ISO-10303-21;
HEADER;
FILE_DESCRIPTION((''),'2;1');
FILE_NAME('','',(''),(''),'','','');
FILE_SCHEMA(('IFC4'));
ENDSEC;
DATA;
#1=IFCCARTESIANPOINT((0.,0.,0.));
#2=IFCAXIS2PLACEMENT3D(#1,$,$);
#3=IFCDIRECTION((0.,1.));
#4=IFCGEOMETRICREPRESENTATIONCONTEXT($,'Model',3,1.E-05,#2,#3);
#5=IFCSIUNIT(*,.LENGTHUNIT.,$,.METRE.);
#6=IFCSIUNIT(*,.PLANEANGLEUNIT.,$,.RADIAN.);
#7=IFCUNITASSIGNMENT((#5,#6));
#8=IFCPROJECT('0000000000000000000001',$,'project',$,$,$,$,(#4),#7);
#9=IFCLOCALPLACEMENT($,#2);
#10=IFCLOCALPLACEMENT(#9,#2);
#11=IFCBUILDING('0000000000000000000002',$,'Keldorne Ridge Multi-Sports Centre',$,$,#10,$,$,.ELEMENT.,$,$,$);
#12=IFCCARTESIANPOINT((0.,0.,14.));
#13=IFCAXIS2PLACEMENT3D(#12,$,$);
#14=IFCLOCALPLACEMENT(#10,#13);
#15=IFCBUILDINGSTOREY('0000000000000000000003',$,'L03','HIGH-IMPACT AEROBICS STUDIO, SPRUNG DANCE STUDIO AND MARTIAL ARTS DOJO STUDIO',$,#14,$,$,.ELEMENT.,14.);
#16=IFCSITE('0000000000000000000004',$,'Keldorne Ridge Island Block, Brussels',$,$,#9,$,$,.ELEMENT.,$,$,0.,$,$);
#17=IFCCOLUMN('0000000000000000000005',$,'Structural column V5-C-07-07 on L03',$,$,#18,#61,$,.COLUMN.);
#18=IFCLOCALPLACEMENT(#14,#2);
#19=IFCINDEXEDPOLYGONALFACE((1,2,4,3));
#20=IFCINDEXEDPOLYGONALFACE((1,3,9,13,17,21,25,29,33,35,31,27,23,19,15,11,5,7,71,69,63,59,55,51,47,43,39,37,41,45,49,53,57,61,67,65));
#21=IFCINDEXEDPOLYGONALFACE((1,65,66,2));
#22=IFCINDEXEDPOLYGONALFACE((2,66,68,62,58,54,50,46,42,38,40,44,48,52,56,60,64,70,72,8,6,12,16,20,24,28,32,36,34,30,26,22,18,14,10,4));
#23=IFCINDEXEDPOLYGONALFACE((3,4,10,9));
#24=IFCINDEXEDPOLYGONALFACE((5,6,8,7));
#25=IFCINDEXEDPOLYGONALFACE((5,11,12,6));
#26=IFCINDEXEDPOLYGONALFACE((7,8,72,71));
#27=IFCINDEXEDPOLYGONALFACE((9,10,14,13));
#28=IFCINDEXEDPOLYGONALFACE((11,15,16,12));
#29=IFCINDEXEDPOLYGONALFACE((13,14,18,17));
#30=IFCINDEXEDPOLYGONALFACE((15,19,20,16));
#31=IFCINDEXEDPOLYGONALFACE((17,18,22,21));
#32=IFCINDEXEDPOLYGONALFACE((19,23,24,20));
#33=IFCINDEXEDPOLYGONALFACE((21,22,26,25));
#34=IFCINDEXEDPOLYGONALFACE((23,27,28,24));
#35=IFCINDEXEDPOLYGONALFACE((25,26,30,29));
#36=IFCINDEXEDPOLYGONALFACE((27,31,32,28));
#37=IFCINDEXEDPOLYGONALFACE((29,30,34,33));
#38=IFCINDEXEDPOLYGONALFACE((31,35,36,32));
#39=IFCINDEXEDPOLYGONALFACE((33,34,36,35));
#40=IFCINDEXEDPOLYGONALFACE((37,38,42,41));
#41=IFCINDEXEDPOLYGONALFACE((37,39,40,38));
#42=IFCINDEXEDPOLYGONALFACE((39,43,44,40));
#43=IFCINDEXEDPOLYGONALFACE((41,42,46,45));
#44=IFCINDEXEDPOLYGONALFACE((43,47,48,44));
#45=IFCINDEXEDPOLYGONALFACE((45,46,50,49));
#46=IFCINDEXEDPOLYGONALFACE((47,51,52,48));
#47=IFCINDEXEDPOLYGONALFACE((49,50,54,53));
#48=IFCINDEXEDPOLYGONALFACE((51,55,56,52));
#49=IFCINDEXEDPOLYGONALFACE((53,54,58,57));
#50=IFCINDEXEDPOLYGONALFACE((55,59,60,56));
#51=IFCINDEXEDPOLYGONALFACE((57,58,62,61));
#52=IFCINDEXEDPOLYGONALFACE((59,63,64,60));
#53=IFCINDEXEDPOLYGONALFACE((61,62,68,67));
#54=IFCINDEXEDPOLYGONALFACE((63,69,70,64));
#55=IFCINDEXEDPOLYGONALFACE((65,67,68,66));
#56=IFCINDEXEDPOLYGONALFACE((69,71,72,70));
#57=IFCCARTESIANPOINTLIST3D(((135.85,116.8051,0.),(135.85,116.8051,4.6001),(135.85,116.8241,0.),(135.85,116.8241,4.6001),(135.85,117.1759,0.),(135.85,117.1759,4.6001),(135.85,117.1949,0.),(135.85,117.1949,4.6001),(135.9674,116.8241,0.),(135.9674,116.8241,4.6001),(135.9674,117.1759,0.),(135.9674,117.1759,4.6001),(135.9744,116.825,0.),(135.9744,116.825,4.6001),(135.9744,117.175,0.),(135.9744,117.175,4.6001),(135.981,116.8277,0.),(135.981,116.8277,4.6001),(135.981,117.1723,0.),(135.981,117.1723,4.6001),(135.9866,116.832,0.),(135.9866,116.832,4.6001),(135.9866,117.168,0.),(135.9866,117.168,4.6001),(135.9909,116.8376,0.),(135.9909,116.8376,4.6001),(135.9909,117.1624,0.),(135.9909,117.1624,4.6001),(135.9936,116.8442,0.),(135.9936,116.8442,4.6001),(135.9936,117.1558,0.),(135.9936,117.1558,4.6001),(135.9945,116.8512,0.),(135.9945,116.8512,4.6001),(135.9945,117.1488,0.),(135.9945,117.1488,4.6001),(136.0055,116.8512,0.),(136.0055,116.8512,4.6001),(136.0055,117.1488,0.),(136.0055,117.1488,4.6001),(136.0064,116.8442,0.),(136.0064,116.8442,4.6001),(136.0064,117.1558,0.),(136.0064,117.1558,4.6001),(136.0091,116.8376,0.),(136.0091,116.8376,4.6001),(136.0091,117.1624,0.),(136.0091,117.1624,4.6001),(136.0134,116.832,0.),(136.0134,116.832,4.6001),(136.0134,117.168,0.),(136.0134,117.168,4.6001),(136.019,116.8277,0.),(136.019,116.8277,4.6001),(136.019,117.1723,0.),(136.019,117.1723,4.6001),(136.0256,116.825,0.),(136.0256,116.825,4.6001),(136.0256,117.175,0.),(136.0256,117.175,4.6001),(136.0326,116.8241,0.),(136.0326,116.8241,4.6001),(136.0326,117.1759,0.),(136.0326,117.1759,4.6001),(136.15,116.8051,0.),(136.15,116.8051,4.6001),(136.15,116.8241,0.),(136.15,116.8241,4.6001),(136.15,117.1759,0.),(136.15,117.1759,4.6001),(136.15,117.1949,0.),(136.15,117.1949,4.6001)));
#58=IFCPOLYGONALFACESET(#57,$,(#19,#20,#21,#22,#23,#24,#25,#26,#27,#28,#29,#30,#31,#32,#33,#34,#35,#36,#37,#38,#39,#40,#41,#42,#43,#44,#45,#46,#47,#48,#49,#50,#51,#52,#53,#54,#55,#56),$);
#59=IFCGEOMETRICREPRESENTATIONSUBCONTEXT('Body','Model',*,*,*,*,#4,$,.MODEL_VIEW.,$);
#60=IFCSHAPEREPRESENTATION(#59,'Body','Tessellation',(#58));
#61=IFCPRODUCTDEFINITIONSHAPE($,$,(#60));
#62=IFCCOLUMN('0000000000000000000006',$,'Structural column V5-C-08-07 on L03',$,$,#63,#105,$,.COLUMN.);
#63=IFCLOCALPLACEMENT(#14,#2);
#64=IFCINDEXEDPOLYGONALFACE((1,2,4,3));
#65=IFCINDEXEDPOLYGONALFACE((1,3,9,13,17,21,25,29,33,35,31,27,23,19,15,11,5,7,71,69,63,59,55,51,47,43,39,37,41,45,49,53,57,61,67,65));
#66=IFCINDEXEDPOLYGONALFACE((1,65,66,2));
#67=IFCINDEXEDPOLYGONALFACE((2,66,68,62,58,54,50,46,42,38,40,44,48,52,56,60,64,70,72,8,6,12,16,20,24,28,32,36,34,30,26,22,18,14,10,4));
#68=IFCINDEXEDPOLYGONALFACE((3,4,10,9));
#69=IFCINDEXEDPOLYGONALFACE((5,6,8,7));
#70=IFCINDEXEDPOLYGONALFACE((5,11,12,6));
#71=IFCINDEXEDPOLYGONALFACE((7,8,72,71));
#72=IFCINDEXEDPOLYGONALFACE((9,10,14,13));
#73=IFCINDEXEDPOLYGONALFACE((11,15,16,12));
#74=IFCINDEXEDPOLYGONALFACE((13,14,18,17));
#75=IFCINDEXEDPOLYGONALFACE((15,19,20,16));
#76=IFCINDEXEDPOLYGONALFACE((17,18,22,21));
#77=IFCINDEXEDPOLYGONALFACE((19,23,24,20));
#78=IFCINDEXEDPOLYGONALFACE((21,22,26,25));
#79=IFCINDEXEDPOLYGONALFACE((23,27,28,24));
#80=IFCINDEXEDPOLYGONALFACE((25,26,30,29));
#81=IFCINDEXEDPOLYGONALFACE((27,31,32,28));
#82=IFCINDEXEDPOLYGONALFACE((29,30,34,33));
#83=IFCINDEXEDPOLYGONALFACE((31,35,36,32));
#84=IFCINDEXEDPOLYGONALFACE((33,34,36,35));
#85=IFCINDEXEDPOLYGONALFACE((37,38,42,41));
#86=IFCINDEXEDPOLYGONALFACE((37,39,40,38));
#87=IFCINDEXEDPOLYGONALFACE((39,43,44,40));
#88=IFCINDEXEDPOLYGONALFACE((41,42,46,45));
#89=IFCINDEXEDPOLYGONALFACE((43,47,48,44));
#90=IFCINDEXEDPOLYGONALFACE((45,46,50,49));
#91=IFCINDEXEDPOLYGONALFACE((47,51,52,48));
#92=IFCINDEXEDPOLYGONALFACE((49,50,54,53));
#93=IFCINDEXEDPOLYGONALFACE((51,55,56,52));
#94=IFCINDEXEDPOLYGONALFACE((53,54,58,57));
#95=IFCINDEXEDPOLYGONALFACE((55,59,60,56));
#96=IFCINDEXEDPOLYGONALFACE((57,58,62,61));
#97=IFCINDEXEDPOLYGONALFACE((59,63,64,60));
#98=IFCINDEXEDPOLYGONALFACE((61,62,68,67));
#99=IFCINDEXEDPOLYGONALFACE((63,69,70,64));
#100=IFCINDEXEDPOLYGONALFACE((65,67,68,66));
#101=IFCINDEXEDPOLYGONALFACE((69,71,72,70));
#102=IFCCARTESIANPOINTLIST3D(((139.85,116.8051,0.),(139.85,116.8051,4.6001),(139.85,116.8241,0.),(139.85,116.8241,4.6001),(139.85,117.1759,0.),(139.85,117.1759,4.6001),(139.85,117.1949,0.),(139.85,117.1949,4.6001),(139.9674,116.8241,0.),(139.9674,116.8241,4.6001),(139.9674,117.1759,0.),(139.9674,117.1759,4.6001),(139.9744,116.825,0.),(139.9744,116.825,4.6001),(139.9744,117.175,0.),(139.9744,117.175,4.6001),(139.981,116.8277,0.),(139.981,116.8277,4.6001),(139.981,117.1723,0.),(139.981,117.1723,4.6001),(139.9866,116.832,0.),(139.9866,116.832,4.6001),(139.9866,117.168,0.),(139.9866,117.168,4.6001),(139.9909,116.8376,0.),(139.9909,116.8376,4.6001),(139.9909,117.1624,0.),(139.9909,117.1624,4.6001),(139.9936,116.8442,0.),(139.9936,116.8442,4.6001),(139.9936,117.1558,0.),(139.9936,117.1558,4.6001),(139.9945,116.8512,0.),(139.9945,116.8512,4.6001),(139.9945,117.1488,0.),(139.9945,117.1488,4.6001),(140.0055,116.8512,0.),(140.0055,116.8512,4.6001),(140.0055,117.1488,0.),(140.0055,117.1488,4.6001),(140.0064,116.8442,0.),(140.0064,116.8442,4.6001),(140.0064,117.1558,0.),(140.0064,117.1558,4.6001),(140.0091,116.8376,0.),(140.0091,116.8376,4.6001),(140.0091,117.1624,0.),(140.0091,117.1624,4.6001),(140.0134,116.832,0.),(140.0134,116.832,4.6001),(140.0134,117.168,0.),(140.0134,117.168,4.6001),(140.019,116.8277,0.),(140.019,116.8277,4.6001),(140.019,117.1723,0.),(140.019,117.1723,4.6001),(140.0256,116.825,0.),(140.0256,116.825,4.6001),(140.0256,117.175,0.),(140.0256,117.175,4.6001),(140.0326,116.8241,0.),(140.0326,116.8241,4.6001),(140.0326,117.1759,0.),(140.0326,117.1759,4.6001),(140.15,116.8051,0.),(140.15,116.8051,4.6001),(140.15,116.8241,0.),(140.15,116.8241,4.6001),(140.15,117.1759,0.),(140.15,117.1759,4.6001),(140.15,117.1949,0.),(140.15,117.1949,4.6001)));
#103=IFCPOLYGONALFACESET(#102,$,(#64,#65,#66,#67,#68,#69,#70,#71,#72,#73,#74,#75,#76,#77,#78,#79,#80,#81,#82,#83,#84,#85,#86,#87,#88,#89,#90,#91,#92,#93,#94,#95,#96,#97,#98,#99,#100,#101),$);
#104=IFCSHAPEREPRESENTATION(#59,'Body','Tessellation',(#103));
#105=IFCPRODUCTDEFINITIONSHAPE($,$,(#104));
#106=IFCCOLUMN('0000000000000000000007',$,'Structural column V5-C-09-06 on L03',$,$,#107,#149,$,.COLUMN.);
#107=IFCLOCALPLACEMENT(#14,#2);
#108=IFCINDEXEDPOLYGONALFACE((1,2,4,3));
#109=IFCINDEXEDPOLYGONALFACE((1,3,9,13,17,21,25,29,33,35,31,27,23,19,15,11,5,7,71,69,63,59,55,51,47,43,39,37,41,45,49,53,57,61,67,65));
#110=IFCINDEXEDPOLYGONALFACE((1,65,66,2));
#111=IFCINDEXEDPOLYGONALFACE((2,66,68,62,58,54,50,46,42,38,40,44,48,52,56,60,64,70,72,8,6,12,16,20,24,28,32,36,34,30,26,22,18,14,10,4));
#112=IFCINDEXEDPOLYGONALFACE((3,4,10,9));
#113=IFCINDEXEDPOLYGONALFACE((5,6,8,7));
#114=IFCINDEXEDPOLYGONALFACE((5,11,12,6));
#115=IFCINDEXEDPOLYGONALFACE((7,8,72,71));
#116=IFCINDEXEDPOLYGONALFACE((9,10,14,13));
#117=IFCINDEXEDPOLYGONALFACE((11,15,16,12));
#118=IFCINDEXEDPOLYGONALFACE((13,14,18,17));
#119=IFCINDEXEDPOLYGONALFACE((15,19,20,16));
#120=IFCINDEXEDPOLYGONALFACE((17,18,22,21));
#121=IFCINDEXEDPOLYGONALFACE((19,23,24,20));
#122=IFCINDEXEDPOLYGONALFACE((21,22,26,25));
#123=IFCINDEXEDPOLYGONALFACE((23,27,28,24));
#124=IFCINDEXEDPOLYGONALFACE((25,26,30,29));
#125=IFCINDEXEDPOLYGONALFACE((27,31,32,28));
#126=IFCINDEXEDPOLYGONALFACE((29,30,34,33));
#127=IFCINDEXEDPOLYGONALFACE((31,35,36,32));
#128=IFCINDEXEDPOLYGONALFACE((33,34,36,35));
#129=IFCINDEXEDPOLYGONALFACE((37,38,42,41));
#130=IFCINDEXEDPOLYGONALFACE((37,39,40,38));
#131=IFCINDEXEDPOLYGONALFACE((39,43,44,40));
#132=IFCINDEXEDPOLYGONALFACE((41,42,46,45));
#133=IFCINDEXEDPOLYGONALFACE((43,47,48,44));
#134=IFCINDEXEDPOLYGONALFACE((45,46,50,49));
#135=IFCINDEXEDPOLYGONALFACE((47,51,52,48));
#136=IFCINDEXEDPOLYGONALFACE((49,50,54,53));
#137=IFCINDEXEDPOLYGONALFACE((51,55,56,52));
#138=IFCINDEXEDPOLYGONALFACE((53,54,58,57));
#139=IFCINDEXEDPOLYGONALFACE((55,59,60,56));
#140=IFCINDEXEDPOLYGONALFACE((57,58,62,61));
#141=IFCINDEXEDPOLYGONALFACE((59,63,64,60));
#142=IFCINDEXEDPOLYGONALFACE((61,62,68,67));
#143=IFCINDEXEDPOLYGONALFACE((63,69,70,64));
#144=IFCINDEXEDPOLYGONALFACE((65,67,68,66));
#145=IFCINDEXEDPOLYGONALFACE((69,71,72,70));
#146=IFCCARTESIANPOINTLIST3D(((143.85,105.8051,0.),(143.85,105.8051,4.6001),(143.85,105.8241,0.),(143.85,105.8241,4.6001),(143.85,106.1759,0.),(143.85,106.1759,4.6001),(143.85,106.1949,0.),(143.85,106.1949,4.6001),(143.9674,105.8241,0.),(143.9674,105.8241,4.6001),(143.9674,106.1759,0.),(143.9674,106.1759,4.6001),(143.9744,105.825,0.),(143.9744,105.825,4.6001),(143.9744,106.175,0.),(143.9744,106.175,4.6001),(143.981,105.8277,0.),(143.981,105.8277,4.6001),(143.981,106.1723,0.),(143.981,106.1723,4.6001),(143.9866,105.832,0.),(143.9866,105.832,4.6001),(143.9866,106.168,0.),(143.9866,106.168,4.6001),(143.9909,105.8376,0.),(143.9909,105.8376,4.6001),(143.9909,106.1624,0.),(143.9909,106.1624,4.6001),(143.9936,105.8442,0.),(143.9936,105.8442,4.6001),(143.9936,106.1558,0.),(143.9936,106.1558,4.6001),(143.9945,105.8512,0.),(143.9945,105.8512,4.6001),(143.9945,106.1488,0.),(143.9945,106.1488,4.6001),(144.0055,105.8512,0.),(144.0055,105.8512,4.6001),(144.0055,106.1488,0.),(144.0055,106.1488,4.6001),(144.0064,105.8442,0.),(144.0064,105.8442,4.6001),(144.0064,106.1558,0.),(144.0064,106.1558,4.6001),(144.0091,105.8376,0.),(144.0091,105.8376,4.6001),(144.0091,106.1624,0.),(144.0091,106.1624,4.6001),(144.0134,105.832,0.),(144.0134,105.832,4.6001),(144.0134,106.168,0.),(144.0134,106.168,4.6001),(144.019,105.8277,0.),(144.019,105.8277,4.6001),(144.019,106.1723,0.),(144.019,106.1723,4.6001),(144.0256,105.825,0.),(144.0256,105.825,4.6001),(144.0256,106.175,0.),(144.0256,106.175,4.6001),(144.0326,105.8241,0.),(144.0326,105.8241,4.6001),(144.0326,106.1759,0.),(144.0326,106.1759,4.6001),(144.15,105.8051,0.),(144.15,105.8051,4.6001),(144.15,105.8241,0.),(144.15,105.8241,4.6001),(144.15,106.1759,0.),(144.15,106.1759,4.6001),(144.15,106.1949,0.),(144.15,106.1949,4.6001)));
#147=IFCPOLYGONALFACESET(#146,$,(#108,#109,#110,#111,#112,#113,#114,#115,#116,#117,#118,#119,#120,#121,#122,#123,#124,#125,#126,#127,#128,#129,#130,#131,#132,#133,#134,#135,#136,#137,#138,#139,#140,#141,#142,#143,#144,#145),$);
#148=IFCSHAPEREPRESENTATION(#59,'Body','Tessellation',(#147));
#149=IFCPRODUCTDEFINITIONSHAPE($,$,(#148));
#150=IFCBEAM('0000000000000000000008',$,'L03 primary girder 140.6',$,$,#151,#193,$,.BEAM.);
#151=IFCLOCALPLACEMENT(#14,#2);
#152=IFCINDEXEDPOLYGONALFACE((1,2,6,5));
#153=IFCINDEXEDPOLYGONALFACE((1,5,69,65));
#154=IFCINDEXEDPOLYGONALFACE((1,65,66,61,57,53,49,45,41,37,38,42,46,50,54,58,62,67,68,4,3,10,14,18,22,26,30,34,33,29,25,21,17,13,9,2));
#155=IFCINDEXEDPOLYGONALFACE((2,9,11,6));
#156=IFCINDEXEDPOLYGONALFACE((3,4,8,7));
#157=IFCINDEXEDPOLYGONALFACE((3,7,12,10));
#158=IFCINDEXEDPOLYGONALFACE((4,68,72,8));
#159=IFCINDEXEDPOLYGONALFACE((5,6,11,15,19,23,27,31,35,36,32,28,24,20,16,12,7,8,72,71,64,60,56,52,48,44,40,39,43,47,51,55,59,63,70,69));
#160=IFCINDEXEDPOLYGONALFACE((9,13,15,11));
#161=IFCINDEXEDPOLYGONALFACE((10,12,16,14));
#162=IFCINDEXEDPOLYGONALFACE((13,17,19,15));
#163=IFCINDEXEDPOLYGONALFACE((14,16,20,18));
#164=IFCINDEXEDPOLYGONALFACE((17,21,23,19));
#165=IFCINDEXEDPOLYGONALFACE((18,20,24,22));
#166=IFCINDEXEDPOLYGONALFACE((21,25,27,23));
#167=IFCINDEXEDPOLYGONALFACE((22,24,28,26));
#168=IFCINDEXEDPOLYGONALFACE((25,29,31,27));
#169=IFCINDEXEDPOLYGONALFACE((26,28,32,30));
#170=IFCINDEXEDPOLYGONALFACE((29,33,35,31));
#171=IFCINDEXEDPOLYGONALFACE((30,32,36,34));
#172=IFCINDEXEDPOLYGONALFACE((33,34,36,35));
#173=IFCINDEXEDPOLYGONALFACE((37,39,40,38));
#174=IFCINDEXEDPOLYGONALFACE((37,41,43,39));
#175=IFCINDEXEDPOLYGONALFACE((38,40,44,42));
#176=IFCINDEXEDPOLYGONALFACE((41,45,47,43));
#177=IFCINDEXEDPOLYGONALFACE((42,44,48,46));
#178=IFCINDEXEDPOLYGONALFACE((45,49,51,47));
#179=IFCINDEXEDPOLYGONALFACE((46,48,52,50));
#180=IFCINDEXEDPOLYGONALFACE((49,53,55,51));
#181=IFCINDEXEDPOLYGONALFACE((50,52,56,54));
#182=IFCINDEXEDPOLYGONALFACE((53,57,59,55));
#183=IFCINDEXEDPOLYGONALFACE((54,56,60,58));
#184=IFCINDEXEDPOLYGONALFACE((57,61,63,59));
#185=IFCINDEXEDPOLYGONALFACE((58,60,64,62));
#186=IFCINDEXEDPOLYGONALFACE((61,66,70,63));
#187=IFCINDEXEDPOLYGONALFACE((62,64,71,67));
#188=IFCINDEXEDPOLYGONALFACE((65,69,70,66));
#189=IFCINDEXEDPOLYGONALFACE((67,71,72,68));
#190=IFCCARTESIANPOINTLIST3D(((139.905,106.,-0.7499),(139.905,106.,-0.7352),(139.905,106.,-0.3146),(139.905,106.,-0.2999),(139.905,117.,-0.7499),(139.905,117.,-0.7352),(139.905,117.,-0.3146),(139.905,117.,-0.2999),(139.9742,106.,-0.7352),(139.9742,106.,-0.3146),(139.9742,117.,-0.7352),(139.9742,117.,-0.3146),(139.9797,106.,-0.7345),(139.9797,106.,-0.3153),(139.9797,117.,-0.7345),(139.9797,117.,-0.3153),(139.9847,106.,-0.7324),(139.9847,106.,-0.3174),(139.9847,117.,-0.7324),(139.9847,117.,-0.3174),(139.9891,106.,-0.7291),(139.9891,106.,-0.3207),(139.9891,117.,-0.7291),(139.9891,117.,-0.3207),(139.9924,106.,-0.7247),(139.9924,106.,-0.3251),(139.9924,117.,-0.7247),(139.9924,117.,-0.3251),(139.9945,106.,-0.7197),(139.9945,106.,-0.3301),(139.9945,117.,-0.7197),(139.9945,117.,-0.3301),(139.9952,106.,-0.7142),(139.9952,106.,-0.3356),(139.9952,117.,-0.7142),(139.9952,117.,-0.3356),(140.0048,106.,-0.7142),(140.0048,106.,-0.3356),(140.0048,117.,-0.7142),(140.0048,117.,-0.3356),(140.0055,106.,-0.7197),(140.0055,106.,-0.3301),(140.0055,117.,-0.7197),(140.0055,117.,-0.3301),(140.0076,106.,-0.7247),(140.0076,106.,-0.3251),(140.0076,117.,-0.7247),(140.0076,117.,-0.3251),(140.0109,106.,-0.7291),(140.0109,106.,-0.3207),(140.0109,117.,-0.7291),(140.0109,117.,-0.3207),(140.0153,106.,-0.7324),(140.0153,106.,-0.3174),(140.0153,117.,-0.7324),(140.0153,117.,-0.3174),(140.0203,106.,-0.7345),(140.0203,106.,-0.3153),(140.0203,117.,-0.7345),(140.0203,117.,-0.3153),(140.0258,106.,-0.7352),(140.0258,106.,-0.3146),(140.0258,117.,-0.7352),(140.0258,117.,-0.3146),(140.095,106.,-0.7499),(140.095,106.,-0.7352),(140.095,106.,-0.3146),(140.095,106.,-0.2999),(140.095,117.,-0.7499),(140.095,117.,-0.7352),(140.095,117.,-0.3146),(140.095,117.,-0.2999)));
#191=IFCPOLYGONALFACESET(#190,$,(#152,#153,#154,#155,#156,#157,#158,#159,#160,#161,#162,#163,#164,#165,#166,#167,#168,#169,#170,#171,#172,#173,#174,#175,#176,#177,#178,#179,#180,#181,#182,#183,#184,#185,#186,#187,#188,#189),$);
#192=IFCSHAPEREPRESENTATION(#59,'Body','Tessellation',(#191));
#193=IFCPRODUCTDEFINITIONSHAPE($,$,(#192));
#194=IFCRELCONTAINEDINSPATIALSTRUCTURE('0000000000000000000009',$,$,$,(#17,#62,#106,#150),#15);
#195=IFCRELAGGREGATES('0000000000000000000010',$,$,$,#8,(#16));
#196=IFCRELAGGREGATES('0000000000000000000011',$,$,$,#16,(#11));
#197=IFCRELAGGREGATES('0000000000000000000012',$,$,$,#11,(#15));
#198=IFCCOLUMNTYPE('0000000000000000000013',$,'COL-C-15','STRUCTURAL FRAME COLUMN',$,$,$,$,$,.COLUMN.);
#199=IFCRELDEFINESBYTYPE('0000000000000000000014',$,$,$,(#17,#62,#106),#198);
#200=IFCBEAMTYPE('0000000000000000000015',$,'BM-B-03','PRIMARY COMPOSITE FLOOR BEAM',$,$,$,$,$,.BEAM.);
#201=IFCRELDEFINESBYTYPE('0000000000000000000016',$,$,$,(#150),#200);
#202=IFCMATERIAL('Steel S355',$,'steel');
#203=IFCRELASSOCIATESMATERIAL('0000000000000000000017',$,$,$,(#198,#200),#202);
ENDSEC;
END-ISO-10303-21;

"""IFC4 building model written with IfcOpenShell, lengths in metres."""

from ifc_helpers import new_model, si_unit, direction, frame, origin, origin_2d, place, context, subcontext, project, spatial, i_section, extrude, material, material_profile, profile_set, type_object, element, save


model = new_model("IFC4")

# Units and contexts
model_context = context("Model", 3, precision=1e-05, world=origin(), true_north=direction((0.0, 1.0)))
body_context = subcontext(model_context, "Body", "Model", "MODEL_VIEW")
ifc_project = project(units=[si_unit("LENGTHUNIT", "METRE"), si_unit("PLANEANGLEUNIT", "RADIAN")], contexts=[model_context])

# Site, building, storey
site_placement = place(None, origin())
site = spatial("IfcSite", under=ifc_project, at=site_placement, Name="Keldorne Ridge Island Block, Brussels", CompositionType="ELEMENT", RefElevation=0.0)
building_placement = place(site_placement, origin())
building = spatial("IfcBuilding", under=site, at=building_placement, Name="Keldorne Ridge Multi-Sports Centre", CompositionType="ELEMENT")
storey_placement = place(building_placement, frame((0.0, 0.0, 14.0)))
storey = spatial("IfcBuildingStorey", under=building, at=storey_placement, Name="L03", Description="HIGH-IMPACT AEROBICS STUDIO, SPRUNG DANCE STUDIO AND MARTIAL ARTS DOJO STUDIO", CompositionType="ELEMENT", Elevation=14.0)

# Columns
ifc_material_1 = material(Name="Steel S355", Category="steel")
ifc_material_profile_1 = material_profile(ifc_material_1, i_section(OverallWidth=0.3, OverallDepth=0.3899, WebThickness=0.011, FlangeThickness=0.019, FilletRadius=0.0271, at=origin_2d()), Name="HEA 400")
ifc_profile_set_1 = profile_set([ifc_material_profile_1], Name="Steel S355")
column_type = type_object("IfcColumnType", Name="COL-C-15", Description="STRUCTURAL FRAME COLUMN", PredefinedType="COLUMN", material=ifc_profile_set_1)
for number, where, z_axis, x_axis, name in (
    (1, (136.0, 117.0, 0.0), (0.0, 0.0, 1.0), (1.0, 0.0, 0.0), "Structural column V5-C-07-07 on L03"),
    (2, (140.0, 117.0, 0.0), (0.0, 0.0, 1.0), (1.0, 0.0, 0.0), "Structural column V5-C-08-07 on L03"),
    (3, (144.0, 106.0, 0.0), (0.0, 0.0, 1.0), (1.0, 0.0, 0.0), "Structural column V5-C-09-06 on L03"),
):
    element("IfcColumn", number, at=place(storey_placement, frame(where, z_axis=z_axis, x_axis=x_axis)), inside=storey, type_object=column_type, Name=name, PredefinedType="COLUMN", context=body_context, shape_type="SweptSolid", body=[
        extrude(i_section(OverallWidth=0.3, OverallDepth=0.3899, WebThickness=0.011, FlangeThickness=0.019, FilletRadius=0.0271, at=origin_2d()), origin(), (0.0, 0.0, 1.0), 4.6001),
    ])

# Beam
ifc_material_profile_2 = material_profile(ifc_material_1, i_section(OverallWidth=0.1899, OverallDepth=0.45, WebThickness=0.0095, FlangeThickness=0.0146, FilletRadius=0.021, at=origin_2d()), Name="IPE 450")
ifc_profile_set_2 = profile_set([ifc_material_profile_2], Name="Steel S355")
beam_type_1 = type_object("IfcBeamType", Name="BM-B-03", Description="PRIMARY COMPOSITE FLOOR BEAM", PredefinedType="BEAM", material=ifc_profile_set_2)
beam_placement = place(storey_placement, frame((140.0, 106.0, -0.5249), z_axis=(0.0, 1.0, 0.0), x_axis=(-1.0, 0.0, 0.0)))
element("IfcBeam", 4, at=beam_placement, inside=storey, type_object=beam_type_1, Name="L03 primary girder 140.6", PredefinedType="BEAM", context=body_context, shape_type="SweptSolid", body=[
    extrude(i_section(OverallWidth=0.1899, OverallDepth=0.45, WebThickness=0.0095, FlangeThickness=0.0146, FilletRadius=0.021, at=origin_2d()), origin(), (0.0, 0.0, 1.0), 11.0),
])

save(model, "model.ifc")
